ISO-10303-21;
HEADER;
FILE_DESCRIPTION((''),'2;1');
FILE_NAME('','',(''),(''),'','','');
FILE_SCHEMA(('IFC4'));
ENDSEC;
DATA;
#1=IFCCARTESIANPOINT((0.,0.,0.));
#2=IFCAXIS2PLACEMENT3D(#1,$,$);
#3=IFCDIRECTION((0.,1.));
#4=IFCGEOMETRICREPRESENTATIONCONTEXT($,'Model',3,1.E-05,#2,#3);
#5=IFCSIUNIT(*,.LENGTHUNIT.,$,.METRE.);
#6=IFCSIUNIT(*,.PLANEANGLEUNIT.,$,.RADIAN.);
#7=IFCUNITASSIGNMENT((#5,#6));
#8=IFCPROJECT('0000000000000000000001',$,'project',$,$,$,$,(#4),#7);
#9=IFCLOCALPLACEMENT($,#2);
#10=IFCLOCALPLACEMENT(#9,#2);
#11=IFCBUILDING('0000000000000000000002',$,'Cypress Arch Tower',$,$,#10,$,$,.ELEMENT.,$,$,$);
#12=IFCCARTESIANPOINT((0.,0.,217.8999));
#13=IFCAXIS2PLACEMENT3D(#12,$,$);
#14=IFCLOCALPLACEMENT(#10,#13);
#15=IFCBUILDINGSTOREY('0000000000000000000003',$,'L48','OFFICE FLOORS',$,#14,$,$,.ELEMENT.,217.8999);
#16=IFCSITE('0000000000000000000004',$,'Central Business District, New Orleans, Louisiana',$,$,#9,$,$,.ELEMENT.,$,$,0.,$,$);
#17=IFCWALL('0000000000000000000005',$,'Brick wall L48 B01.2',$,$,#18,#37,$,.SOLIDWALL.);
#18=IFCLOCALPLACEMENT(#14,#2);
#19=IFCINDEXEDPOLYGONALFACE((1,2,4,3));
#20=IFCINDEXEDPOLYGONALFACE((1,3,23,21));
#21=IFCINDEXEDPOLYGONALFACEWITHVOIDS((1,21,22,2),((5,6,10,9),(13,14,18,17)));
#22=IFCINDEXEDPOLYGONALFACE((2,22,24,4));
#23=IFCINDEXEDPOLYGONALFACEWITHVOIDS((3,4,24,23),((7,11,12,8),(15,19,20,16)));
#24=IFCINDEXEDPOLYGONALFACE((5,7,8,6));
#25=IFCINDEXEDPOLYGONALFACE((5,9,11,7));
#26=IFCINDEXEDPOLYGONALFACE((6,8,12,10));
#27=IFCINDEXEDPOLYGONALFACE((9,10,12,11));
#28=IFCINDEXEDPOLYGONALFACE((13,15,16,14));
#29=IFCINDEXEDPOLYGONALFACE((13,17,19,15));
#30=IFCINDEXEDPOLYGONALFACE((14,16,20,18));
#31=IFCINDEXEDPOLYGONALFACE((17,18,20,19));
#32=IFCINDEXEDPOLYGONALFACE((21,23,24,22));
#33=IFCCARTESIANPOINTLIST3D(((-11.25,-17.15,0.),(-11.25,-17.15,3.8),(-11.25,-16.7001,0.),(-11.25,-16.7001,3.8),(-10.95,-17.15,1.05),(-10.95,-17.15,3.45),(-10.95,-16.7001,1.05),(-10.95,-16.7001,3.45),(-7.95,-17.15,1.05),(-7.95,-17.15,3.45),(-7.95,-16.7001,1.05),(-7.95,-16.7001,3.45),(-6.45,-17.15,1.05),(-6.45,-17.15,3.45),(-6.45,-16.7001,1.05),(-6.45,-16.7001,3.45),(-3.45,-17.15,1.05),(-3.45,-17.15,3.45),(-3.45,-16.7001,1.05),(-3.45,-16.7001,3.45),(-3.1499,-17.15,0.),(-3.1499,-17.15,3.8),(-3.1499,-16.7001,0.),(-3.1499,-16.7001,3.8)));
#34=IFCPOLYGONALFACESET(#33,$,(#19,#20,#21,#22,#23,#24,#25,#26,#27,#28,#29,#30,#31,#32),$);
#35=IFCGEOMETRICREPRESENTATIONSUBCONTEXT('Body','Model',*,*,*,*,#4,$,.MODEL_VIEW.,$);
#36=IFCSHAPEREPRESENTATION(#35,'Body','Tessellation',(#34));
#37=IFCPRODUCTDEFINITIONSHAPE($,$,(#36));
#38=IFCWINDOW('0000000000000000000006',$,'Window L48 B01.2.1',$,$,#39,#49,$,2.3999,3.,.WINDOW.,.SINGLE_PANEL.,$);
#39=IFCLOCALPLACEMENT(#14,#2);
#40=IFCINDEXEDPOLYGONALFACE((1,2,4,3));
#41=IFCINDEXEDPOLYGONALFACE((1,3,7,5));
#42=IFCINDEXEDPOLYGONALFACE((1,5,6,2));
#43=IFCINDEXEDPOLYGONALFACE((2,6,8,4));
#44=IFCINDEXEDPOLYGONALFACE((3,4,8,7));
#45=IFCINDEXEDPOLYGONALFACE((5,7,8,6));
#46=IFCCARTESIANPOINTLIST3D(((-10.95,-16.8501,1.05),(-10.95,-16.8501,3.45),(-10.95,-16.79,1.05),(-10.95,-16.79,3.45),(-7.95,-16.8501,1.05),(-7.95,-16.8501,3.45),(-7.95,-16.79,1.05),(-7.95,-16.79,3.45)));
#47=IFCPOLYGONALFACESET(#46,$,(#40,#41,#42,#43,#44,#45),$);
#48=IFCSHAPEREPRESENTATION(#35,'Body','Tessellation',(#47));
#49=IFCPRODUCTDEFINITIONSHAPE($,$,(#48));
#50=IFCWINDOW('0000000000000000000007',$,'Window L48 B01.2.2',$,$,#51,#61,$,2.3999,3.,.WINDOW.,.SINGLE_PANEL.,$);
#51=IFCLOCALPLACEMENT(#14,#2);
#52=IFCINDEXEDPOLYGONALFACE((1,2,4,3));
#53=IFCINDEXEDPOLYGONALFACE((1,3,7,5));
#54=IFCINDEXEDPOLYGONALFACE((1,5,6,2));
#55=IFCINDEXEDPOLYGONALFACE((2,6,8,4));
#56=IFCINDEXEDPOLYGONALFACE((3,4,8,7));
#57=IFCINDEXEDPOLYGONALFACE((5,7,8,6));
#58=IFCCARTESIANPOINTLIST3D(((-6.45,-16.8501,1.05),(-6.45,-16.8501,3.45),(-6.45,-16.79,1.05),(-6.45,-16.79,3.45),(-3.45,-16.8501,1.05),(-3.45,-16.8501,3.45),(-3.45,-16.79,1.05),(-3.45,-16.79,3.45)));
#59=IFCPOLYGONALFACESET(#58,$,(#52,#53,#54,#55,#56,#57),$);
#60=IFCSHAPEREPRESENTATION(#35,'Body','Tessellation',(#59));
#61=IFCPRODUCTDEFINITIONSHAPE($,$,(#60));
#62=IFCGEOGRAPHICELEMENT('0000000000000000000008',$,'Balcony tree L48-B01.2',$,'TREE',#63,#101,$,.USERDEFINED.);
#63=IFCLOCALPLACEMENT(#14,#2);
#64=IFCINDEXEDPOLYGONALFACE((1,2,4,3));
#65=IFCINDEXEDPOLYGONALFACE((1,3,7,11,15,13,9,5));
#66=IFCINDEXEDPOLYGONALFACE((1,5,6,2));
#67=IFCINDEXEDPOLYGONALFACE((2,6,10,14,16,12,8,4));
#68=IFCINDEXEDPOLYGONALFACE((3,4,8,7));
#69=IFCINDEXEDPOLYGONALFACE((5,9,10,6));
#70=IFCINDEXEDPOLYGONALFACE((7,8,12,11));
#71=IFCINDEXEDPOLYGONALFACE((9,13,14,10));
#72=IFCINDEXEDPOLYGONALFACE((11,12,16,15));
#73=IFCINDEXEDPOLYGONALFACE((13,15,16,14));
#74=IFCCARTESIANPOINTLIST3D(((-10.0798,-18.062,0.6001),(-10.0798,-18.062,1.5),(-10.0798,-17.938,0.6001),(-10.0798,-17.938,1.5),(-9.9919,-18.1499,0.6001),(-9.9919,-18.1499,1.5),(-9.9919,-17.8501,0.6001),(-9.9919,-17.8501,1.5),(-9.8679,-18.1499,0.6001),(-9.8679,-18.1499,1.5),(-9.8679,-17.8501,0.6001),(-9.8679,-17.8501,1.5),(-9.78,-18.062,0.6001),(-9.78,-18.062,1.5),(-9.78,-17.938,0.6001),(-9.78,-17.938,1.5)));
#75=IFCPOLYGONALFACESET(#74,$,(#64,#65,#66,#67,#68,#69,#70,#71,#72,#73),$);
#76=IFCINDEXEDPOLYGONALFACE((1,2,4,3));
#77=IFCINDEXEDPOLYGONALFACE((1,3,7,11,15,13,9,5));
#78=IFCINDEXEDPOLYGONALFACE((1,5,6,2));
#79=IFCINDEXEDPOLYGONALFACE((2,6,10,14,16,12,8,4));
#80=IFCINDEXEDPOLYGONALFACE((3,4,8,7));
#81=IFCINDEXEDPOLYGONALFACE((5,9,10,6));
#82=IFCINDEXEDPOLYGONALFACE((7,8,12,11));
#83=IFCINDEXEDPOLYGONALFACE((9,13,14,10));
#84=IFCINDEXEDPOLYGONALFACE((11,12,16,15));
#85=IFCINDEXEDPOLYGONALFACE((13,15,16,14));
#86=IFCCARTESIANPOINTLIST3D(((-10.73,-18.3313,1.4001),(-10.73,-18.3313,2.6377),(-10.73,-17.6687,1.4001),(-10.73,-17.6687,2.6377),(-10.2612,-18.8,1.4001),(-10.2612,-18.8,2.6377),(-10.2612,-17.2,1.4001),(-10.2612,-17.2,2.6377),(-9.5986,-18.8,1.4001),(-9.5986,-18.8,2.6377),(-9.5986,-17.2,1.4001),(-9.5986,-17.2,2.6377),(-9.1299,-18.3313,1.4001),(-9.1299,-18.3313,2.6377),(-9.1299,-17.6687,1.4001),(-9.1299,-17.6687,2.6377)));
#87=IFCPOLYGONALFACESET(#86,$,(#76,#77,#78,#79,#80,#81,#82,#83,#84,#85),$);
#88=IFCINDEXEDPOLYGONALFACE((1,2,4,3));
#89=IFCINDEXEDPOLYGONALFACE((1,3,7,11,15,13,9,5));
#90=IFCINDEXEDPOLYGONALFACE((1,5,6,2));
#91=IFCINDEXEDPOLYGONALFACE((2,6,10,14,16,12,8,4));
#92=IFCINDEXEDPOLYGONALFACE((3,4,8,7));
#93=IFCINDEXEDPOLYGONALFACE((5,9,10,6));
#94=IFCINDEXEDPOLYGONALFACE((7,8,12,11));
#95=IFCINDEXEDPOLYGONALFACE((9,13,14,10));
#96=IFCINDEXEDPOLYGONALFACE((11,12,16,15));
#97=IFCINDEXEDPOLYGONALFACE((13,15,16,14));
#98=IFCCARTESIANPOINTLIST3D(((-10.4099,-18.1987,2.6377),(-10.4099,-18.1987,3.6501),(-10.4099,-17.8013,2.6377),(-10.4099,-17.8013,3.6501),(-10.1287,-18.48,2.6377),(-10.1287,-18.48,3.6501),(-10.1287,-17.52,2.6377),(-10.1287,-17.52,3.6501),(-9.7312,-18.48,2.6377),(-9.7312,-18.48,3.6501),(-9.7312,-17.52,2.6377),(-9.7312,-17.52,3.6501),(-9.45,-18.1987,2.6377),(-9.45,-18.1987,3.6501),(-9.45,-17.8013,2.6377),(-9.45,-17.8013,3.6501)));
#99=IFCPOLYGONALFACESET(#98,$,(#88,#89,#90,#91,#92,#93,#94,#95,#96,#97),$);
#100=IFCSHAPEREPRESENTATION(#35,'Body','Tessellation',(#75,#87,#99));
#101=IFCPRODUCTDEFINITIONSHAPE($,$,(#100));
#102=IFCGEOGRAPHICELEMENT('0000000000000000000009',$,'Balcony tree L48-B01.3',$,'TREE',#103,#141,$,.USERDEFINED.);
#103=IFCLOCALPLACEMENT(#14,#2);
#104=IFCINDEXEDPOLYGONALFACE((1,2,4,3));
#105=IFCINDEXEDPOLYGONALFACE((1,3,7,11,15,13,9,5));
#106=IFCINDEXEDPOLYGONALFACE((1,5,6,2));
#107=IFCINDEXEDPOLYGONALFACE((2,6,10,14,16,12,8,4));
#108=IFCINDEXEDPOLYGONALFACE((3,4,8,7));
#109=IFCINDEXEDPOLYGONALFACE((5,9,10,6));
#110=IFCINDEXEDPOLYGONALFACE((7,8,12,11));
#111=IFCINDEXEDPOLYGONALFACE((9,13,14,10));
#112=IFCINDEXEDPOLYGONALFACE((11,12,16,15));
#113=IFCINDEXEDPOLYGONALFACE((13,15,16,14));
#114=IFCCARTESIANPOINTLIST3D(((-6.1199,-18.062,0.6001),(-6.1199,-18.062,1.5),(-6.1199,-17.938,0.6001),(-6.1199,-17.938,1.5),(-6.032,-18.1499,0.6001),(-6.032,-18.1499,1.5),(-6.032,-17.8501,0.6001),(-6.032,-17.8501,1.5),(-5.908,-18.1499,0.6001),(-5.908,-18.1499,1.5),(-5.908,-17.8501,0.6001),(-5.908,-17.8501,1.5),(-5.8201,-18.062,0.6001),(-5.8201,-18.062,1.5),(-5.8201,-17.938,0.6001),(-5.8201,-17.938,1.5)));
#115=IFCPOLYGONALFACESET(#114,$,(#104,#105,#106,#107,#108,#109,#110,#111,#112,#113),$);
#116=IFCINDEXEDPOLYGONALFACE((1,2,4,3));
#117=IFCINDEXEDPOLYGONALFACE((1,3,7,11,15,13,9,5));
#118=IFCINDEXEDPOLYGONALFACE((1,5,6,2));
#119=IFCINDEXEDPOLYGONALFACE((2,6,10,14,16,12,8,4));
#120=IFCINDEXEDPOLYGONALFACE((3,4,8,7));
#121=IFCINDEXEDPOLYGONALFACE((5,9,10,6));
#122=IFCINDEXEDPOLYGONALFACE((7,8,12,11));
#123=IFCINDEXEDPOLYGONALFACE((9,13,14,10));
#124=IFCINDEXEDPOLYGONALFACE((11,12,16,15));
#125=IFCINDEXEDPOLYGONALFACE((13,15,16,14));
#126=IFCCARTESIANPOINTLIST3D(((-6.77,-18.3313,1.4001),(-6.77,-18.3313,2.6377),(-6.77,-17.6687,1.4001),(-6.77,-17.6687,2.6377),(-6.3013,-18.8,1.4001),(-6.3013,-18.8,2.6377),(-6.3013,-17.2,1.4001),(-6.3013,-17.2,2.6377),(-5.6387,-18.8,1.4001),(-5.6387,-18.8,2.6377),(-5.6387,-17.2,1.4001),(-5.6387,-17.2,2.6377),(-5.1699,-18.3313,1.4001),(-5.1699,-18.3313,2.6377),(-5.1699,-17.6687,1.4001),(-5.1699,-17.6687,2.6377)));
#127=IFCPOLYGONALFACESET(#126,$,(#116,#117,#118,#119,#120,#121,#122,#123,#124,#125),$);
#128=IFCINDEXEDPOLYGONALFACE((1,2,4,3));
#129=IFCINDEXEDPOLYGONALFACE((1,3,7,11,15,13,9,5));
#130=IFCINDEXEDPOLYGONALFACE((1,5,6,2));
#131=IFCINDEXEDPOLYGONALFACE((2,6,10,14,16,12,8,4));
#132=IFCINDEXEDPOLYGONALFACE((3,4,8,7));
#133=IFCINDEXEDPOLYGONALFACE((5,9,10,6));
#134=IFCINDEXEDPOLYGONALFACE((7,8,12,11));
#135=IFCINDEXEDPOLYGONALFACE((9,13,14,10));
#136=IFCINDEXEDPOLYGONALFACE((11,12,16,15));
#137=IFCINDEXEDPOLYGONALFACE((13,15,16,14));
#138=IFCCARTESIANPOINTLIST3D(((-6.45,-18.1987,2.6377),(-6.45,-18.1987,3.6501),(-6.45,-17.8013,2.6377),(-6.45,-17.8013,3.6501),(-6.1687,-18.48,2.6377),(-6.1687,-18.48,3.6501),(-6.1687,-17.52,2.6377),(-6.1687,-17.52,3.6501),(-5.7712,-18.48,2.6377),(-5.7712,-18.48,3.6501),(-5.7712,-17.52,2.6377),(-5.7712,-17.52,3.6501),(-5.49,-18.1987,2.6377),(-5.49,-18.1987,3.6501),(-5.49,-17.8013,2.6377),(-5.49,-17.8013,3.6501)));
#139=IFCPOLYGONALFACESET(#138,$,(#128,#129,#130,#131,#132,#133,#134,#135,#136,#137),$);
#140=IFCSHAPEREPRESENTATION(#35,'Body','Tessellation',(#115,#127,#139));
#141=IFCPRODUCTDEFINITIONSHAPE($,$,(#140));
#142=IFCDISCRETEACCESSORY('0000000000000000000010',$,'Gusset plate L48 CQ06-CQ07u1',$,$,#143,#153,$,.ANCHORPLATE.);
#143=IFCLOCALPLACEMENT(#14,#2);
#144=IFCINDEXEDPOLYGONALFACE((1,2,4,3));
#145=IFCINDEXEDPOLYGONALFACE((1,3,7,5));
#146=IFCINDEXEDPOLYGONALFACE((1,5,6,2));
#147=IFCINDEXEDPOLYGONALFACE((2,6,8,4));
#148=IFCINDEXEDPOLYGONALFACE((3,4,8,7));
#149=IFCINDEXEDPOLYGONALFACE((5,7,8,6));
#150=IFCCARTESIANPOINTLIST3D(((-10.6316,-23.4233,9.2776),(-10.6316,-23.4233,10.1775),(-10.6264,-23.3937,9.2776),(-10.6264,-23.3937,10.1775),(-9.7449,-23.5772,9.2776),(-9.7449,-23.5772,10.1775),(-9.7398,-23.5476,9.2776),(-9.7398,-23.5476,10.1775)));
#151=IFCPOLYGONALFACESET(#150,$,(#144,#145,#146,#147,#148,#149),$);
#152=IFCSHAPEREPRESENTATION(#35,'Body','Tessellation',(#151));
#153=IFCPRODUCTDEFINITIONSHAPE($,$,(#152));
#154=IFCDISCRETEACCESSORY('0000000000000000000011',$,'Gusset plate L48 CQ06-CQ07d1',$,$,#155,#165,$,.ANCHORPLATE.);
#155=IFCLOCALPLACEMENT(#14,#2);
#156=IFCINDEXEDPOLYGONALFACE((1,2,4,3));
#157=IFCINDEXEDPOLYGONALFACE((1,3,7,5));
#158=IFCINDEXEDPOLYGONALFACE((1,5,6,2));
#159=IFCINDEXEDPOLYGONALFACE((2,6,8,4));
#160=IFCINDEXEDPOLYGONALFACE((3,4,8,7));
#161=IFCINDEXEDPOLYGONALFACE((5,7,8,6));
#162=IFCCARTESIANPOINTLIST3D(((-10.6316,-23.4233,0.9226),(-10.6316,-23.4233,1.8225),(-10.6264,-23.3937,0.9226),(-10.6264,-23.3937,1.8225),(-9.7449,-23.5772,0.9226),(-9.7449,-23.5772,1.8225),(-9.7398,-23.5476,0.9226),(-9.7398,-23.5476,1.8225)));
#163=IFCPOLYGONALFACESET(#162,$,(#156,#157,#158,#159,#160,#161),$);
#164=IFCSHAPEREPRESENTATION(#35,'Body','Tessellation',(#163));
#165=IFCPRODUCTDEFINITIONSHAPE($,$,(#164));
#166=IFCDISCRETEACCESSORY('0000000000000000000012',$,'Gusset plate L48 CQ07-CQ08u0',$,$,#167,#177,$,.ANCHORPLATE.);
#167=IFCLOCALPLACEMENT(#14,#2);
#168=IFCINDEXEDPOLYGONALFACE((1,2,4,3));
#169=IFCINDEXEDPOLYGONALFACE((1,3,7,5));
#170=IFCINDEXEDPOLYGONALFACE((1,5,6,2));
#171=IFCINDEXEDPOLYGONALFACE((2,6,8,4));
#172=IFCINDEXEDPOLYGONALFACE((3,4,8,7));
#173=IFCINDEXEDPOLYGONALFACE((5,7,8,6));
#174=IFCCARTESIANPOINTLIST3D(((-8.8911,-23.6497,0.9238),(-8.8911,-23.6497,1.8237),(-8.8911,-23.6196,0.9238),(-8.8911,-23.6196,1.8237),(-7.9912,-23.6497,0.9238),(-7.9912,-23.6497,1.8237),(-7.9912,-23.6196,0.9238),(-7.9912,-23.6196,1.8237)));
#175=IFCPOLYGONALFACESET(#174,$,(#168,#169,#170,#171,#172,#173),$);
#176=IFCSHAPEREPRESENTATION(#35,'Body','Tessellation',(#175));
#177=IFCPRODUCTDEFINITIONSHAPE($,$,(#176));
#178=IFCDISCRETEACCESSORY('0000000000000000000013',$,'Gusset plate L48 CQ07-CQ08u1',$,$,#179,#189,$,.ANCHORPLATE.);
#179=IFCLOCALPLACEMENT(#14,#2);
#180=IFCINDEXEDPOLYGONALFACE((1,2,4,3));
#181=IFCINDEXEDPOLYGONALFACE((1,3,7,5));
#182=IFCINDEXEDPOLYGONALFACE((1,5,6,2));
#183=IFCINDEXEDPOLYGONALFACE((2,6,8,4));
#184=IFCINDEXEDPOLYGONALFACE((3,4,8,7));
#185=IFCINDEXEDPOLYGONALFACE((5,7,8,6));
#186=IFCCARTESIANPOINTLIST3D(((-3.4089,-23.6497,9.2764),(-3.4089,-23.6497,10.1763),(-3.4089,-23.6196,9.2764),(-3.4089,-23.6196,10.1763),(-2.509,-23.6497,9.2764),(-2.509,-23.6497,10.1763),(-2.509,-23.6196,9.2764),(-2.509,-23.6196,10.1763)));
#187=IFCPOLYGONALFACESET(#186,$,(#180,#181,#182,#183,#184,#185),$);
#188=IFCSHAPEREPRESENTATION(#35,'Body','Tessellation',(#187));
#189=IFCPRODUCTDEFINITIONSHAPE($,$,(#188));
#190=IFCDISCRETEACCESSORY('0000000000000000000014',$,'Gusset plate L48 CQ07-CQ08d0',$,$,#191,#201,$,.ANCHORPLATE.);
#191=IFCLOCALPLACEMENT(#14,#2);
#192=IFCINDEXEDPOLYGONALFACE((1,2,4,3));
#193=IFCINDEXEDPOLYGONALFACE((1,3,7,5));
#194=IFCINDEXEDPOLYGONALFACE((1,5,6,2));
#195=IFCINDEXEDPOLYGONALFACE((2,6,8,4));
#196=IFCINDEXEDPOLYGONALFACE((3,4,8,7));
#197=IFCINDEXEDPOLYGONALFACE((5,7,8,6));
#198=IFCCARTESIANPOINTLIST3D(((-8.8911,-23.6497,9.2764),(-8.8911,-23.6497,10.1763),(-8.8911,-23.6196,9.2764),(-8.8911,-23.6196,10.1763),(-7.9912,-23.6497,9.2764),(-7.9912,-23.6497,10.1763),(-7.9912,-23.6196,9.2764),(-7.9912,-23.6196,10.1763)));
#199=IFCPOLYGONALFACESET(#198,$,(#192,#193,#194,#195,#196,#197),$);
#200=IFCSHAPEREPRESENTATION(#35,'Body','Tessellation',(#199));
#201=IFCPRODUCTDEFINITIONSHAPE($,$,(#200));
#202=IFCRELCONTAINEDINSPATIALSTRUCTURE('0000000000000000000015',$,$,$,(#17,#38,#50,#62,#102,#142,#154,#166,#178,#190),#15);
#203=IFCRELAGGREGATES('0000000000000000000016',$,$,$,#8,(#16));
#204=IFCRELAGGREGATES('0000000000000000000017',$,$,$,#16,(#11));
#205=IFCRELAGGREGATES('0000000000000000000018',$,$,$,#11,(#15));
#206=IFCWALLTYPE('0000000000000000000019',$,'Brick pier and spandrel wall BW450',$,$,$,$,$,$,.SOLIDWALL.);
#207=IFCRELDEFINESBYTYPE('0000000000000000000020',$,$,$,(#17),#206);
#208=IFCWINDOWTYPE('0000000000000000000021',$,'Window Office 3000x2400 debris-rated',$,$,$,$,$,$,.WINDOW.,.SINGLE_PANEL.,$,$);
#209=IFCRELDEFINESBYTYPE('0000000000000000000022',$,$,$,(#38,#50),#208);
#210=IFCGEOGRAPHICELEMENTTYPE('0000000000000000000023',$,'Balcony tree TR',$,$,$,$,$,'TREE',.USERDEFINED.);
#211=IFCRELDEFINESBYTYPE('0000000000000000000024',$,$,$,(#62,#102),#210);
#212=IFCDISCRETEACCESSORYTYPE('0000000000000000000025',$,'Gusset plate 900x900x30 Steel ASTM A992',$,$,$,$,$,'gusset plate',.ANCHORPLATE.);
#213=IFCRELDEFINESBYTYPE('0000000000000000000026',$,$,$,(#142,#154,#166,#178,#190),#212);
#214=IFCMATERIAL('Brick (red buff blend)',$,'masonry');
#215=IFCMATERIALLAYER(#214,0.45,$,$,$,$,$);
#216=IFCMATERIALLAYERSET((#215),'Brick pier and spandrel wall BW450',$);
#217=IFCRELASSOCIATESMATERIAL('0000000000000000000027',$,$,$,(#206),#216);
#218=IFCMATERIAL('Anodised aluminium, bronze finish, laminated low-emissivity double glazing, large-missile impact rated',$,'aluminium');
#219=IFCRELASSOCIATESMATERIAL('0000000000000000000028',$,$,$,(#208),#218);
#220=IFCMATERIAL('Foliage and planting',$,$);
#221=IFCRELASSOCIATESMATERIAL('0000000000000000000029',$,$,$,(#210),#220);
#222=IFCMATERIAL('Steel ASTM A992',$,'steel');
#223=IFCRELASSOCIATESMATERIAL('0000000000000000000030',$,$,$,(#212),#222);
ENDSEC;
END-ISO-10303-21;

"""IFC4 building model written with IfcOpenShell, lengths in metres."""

from ifc_helpers import new_model, si_unit, direction, frame, frame_2d, origin, origin_2d, place, context, subcontext, project, spatial, polyline, rectangle, outline, extrude, material, layer, layer_set, material_profile, profile_set, type_object, element, fill, save


model = new_model("IFC4")

# Units and contexts
model_context = context("Model", 3, precision=1e-05, world=origin(), true_north=direction((0.0, 1.0)))
body_context = subcontext(model_context, "Body", "Model", "MODEL_VIEW")
ifc_project = project(units=[si_unit("LENGTHUNIT", "METRE"), si_unit("PLANEANGLEUNIT", "RADIAN")], contexts=[model_context])

# Site, building, storey
site_placement = place(None, origin())
site = spatial("IfcSite", under=ifc_project, at=site_placement, Name="Central Business District, New Orleans, Louisiana", CompositionType="ELEMENT", RefElevation=0.0)
building_placement = place(site_placement, origin())
building = spatial("IfcBuilding", under=site, at=building_placement, Name="Cypress Arch Tower", CompositionType="ELEMENT")
storey_placement = place(building_placement, frame((0.0, 0.0, 217.8999)))
storey = spatial("IfcBuildingStorey", under=building, at=storey_placement, Name="L48", Description="OFFICE FLOORS", CompositionType="ELEMENT", Elevation=217.8999)

# Wall, openings, windows
ifc_material_1 = material(Name="Brick (red buff blend)", Category="masonry")
ifc_layer_1 = layer(ifc_material_1, 0.45)
ifc_layer_set_1 = layer_set([ifc_layer_1], Name="Brick pier and spandrel wall BW450")
wall_type_1 = type_object("IfcWallType", Name="Brick pier and spandrel wall BW450", PredefinedType="SOLIDWALL", material=ifc_layer_set_1)
wall_1_placement = place(storey_placement, frame((-11.25, -16.925, 0.0), z_axis=(0.0, 0.0, 1.0), x_axis=(1.0, 0.0, 0.0)))
wall_1 = element("IfcWall", 1, at=wall_1_placement, inside=storey, type_object=wall_type_1, Name="Brick wall L48 B01.2", PredefinedType="SOLIDWALL", context=body_context, shape_type="SweptSolid", body=[
    extrude(rectangle(XDim=8.1001, YDim=0.45, at=frame_2d((4.05, 0.0))), origin(), (0.0, 0.0, 1.0), 3.8),
])
opening_1_placement = place(wall_1_placement, frame((0.3, 0.0, 1.05)))
opening_1 = element("IfcOpeningElement", 2, at=opening_1_placement, cuts=wall_1, PredefinedType="OPENING", context=body_context, shape_type="SweptSolid", body=[
    extrude(rectangle(XDim=3.0, YDim=2.3999, at=frame_2d((1.5, 1.2))), frame((0.0, 0.2349, 0.0), z_axis=(0.0, -1.0, 0.0), x_axis=(1.0, 0.0, 0.0)), (0.0, 0.0, 1.0), 0.47),
])
opening_2_placement = place(wall_1_placement, frame((4.8, 0.0, 1.05)))
opening_2 = element("IfcOpeningElement", 3, at=opening_2_placement, cuts=wall_1, PredefinedType="OPENING", context=body_context, shape_type="SweptSolid", body=[
    extrude(rectangle(XDim=3.0, YDim=2.3999, at=frame_2d((1.5, 1.2))), frame((0.0, 0.2349, 0.0), z_axis=(0.0, -1.0, 0.0), x_axis=(1.0, 0.0, 0.0)), (0.0, 0.0, 1.0), 0.47),
])
ifc_material_2 = material(Name="Anodised aluminium, bronze finish, laminated low-emissivity double glazing, large-missile impact rated", Category="aluminium")
window_type_1 = type_object("IfcWindowType", Name="Window Office 3000x2400 debris-rated", PartitioningType="SINGLE_PANEL", PredefinedType="WINDOW", material=ifc_material_2)
window_1_placement = place(opening_1_placement, origin())
window_1 = element("IfcWindow", 4, at=window_1_placement, inside=storey, type_object=window_type_1, Name="Window L48 B01.2.1", OverallHeight=2.3999, OverallWidth=3.0, PartitioningType="SINGLE_PANEL", PredefinedType="WINDOW", context=body_context, shape_type="SweptSolid", body=[
    extrude(rectangle(XDim=3.0, YDim=2.3999, at=frame_2d((1.5, 1.2))), frame((0.0, 0.135, 0.0), z_axis=(0.0, -1.0, 0.0), x_axis=(1.0, 0.0, 0.0)), (0.0, 0.0, 1.0), 0.0601),
])
fill(opening_1, window_1)
window_2_placement = place(opening_2_placement, origin())
window_2 = element("IfcWindow", 5, at=window_2_placement, inside=storey, type_object=window_type_1, Name="Window L48 B01.2.2", OverallHeight=2.3999, OverallWidth=3.0, PartitioningType="SINGLE_PANEL", PredefinedType="WINDOW", context=body_context, shape_type="SweptSolid", body=[
    extrude(rectangle(XDim=3.0, YDim=2.3999, at=frame_2d((1.5, 1.2))), frame((0.0, 0.135, 0.0), z_axis=(0.0, -1.0, 0.0), x_axis=(1.0, 0.0, 0.0)), (0.0, 0.0, 1.0), 0.0601),
])
fill(opening_2, window_2)

# Geographic elements
ifc_material_3 = material(Name="Foliage and planting")
geographic_element_type = type_object("IfcGeographicElementType", Name="Balcony tree TR", ElementType="TREE", PredefinedType="USERDEFINED", material=ifc_material_3)
for number, where, z_axis, x_axis, name in (
    (6, (-9.9299, -18.0, 0.6001), (0.0, 0.0, 1.0), (1.0, 0.0, 0.0), "Balcony tree L48-B01.2"),
    (7, (-5.97, -18.0, 0.6001), (0.0, 0.0, 1.0), (1.0, 0.0, 0.0), "Balcony tree L48-B01.3"),
):
    element("IfcGeographicElement", number, at=place(storey_placement, frame(where, z_axis=z_axis, x_axis=x_axis)), inside=storey, type_object=geographic_element_type, Name=name, ObjectType="TREE", PredefinedType="USERDEFINED", context=body_context, shape_type="SweptSolid", body=[
        extrude(outline(polyline([(0.1499, 0.062), (0.062, 0.1499), (-0.062, 0.1499), (-0.1499, 0.062), (-0.1499, -0.062), (-0.062, -0.1499), (0.062, -0.1499), (0.1499, -0.062), (0.1499, 0.062)])), origin(), (0.0, 0.0, 1.0), 0.8999),
        extrude(outline(polyline([(0.8, 0.3313), (0.3313, 0.8), (-0.3313, 0.8), (-0.8, 0.3313), (-0.8, -0.3313), (-0.3313, -0.8), (0.3313, -0.8), (0.8, -0.3313), (0.8, 0.3313)])), frame((0.0, 0.0, 0.8)), (0.0, 0.0, 1.0), 1.2375),
        extrude(outline(polyline([(0.48, 0.1987), (0.1987, 0.48), (-0.1987, 0.48), (-0.48, 0.1987), (-0.48, -0.1987), (-0.1987, -0.48), (0.1987, -0.48), (0.48, -0.1987), (0.48, 0.1987)])), frame((0.0, 0.0, 2.0376)), (0.0, 0.0, 1.0), 1.0125),
    ])

# Discrete accessories
ifc_material_4 = material(Name="Steel ASTM A992", Category="steel")
ifc_material_profile_1 = material_profile(ifc_material_4, rectangle(XDim=0.8999, YDim=0.8999, at=origin_2d()), Name="PL 30 900x900")
ifc_profile_set_1 = profile_set([ifc_material_profile_1], Name="Steel ASTM A992")
discrete_accessory_type_1 = type_object("IfcDiscreteAccessoryType", Name="Gusset plate 900x900x30 Steel ASTM A992", ElementType="gusset plate", PredefinedType="ANCHORPLATE", material=ifc_profile_set_1)
for number, where, z_axis, x_axis, name in (
    (8, (-10.1882, -23.5002, 9.7275), (0.170998, 0.985271, 0.0), (-0.985271, 0.170998, 0.0), "Gusset plate L48 CQ06-CQ07u1"),
    (9, (-10.1882, -23.5002, 1.3726), (0.170998, 0.985271, 0.0), (-0.985271, 0.170998, 0.0), "Gusset plate L48 CQ06-CQ07d1"),
    (10, (-8.4412, -23.6497, 1.3738), (0.0, 1.0, 0.0), (-1.0, 0.0, 0.0), "Gusset plate L48 CQ07-CQ08u0"),
    (11, (-2.959, -23.6497, 9.7263), (0.0, 1.0, 0.0), (-1.0, 0.0, 0.0), "Gusset plate L48 CQ07-CQ08u1"),
    (12, (-8.4412, -23.6497, 9.7263), (0.0, 1.0, 0.0), (-1.0, 0.0, 0.0), "Gusset plate L48 CQ07-CQ08d0"),
):
    element("IfcDiscreteAccessory", number, at=place(storey_placement, frame(where, z_axis=z_axis, x_axis=x_axis)), inside=storey, type_object=discrete_accessory_type_1, Name=name, PredefinedType="ANCHORPLATE", context=body_context, shape_type="SweptSolid", body=[
        extrude(rectangle(XDim=0.8999, YDim=0.8999, at=origin_2d()), origin(), (0.0, 0.0, 1.0), 0.03),
    ])

save(model, "model.ifc")
